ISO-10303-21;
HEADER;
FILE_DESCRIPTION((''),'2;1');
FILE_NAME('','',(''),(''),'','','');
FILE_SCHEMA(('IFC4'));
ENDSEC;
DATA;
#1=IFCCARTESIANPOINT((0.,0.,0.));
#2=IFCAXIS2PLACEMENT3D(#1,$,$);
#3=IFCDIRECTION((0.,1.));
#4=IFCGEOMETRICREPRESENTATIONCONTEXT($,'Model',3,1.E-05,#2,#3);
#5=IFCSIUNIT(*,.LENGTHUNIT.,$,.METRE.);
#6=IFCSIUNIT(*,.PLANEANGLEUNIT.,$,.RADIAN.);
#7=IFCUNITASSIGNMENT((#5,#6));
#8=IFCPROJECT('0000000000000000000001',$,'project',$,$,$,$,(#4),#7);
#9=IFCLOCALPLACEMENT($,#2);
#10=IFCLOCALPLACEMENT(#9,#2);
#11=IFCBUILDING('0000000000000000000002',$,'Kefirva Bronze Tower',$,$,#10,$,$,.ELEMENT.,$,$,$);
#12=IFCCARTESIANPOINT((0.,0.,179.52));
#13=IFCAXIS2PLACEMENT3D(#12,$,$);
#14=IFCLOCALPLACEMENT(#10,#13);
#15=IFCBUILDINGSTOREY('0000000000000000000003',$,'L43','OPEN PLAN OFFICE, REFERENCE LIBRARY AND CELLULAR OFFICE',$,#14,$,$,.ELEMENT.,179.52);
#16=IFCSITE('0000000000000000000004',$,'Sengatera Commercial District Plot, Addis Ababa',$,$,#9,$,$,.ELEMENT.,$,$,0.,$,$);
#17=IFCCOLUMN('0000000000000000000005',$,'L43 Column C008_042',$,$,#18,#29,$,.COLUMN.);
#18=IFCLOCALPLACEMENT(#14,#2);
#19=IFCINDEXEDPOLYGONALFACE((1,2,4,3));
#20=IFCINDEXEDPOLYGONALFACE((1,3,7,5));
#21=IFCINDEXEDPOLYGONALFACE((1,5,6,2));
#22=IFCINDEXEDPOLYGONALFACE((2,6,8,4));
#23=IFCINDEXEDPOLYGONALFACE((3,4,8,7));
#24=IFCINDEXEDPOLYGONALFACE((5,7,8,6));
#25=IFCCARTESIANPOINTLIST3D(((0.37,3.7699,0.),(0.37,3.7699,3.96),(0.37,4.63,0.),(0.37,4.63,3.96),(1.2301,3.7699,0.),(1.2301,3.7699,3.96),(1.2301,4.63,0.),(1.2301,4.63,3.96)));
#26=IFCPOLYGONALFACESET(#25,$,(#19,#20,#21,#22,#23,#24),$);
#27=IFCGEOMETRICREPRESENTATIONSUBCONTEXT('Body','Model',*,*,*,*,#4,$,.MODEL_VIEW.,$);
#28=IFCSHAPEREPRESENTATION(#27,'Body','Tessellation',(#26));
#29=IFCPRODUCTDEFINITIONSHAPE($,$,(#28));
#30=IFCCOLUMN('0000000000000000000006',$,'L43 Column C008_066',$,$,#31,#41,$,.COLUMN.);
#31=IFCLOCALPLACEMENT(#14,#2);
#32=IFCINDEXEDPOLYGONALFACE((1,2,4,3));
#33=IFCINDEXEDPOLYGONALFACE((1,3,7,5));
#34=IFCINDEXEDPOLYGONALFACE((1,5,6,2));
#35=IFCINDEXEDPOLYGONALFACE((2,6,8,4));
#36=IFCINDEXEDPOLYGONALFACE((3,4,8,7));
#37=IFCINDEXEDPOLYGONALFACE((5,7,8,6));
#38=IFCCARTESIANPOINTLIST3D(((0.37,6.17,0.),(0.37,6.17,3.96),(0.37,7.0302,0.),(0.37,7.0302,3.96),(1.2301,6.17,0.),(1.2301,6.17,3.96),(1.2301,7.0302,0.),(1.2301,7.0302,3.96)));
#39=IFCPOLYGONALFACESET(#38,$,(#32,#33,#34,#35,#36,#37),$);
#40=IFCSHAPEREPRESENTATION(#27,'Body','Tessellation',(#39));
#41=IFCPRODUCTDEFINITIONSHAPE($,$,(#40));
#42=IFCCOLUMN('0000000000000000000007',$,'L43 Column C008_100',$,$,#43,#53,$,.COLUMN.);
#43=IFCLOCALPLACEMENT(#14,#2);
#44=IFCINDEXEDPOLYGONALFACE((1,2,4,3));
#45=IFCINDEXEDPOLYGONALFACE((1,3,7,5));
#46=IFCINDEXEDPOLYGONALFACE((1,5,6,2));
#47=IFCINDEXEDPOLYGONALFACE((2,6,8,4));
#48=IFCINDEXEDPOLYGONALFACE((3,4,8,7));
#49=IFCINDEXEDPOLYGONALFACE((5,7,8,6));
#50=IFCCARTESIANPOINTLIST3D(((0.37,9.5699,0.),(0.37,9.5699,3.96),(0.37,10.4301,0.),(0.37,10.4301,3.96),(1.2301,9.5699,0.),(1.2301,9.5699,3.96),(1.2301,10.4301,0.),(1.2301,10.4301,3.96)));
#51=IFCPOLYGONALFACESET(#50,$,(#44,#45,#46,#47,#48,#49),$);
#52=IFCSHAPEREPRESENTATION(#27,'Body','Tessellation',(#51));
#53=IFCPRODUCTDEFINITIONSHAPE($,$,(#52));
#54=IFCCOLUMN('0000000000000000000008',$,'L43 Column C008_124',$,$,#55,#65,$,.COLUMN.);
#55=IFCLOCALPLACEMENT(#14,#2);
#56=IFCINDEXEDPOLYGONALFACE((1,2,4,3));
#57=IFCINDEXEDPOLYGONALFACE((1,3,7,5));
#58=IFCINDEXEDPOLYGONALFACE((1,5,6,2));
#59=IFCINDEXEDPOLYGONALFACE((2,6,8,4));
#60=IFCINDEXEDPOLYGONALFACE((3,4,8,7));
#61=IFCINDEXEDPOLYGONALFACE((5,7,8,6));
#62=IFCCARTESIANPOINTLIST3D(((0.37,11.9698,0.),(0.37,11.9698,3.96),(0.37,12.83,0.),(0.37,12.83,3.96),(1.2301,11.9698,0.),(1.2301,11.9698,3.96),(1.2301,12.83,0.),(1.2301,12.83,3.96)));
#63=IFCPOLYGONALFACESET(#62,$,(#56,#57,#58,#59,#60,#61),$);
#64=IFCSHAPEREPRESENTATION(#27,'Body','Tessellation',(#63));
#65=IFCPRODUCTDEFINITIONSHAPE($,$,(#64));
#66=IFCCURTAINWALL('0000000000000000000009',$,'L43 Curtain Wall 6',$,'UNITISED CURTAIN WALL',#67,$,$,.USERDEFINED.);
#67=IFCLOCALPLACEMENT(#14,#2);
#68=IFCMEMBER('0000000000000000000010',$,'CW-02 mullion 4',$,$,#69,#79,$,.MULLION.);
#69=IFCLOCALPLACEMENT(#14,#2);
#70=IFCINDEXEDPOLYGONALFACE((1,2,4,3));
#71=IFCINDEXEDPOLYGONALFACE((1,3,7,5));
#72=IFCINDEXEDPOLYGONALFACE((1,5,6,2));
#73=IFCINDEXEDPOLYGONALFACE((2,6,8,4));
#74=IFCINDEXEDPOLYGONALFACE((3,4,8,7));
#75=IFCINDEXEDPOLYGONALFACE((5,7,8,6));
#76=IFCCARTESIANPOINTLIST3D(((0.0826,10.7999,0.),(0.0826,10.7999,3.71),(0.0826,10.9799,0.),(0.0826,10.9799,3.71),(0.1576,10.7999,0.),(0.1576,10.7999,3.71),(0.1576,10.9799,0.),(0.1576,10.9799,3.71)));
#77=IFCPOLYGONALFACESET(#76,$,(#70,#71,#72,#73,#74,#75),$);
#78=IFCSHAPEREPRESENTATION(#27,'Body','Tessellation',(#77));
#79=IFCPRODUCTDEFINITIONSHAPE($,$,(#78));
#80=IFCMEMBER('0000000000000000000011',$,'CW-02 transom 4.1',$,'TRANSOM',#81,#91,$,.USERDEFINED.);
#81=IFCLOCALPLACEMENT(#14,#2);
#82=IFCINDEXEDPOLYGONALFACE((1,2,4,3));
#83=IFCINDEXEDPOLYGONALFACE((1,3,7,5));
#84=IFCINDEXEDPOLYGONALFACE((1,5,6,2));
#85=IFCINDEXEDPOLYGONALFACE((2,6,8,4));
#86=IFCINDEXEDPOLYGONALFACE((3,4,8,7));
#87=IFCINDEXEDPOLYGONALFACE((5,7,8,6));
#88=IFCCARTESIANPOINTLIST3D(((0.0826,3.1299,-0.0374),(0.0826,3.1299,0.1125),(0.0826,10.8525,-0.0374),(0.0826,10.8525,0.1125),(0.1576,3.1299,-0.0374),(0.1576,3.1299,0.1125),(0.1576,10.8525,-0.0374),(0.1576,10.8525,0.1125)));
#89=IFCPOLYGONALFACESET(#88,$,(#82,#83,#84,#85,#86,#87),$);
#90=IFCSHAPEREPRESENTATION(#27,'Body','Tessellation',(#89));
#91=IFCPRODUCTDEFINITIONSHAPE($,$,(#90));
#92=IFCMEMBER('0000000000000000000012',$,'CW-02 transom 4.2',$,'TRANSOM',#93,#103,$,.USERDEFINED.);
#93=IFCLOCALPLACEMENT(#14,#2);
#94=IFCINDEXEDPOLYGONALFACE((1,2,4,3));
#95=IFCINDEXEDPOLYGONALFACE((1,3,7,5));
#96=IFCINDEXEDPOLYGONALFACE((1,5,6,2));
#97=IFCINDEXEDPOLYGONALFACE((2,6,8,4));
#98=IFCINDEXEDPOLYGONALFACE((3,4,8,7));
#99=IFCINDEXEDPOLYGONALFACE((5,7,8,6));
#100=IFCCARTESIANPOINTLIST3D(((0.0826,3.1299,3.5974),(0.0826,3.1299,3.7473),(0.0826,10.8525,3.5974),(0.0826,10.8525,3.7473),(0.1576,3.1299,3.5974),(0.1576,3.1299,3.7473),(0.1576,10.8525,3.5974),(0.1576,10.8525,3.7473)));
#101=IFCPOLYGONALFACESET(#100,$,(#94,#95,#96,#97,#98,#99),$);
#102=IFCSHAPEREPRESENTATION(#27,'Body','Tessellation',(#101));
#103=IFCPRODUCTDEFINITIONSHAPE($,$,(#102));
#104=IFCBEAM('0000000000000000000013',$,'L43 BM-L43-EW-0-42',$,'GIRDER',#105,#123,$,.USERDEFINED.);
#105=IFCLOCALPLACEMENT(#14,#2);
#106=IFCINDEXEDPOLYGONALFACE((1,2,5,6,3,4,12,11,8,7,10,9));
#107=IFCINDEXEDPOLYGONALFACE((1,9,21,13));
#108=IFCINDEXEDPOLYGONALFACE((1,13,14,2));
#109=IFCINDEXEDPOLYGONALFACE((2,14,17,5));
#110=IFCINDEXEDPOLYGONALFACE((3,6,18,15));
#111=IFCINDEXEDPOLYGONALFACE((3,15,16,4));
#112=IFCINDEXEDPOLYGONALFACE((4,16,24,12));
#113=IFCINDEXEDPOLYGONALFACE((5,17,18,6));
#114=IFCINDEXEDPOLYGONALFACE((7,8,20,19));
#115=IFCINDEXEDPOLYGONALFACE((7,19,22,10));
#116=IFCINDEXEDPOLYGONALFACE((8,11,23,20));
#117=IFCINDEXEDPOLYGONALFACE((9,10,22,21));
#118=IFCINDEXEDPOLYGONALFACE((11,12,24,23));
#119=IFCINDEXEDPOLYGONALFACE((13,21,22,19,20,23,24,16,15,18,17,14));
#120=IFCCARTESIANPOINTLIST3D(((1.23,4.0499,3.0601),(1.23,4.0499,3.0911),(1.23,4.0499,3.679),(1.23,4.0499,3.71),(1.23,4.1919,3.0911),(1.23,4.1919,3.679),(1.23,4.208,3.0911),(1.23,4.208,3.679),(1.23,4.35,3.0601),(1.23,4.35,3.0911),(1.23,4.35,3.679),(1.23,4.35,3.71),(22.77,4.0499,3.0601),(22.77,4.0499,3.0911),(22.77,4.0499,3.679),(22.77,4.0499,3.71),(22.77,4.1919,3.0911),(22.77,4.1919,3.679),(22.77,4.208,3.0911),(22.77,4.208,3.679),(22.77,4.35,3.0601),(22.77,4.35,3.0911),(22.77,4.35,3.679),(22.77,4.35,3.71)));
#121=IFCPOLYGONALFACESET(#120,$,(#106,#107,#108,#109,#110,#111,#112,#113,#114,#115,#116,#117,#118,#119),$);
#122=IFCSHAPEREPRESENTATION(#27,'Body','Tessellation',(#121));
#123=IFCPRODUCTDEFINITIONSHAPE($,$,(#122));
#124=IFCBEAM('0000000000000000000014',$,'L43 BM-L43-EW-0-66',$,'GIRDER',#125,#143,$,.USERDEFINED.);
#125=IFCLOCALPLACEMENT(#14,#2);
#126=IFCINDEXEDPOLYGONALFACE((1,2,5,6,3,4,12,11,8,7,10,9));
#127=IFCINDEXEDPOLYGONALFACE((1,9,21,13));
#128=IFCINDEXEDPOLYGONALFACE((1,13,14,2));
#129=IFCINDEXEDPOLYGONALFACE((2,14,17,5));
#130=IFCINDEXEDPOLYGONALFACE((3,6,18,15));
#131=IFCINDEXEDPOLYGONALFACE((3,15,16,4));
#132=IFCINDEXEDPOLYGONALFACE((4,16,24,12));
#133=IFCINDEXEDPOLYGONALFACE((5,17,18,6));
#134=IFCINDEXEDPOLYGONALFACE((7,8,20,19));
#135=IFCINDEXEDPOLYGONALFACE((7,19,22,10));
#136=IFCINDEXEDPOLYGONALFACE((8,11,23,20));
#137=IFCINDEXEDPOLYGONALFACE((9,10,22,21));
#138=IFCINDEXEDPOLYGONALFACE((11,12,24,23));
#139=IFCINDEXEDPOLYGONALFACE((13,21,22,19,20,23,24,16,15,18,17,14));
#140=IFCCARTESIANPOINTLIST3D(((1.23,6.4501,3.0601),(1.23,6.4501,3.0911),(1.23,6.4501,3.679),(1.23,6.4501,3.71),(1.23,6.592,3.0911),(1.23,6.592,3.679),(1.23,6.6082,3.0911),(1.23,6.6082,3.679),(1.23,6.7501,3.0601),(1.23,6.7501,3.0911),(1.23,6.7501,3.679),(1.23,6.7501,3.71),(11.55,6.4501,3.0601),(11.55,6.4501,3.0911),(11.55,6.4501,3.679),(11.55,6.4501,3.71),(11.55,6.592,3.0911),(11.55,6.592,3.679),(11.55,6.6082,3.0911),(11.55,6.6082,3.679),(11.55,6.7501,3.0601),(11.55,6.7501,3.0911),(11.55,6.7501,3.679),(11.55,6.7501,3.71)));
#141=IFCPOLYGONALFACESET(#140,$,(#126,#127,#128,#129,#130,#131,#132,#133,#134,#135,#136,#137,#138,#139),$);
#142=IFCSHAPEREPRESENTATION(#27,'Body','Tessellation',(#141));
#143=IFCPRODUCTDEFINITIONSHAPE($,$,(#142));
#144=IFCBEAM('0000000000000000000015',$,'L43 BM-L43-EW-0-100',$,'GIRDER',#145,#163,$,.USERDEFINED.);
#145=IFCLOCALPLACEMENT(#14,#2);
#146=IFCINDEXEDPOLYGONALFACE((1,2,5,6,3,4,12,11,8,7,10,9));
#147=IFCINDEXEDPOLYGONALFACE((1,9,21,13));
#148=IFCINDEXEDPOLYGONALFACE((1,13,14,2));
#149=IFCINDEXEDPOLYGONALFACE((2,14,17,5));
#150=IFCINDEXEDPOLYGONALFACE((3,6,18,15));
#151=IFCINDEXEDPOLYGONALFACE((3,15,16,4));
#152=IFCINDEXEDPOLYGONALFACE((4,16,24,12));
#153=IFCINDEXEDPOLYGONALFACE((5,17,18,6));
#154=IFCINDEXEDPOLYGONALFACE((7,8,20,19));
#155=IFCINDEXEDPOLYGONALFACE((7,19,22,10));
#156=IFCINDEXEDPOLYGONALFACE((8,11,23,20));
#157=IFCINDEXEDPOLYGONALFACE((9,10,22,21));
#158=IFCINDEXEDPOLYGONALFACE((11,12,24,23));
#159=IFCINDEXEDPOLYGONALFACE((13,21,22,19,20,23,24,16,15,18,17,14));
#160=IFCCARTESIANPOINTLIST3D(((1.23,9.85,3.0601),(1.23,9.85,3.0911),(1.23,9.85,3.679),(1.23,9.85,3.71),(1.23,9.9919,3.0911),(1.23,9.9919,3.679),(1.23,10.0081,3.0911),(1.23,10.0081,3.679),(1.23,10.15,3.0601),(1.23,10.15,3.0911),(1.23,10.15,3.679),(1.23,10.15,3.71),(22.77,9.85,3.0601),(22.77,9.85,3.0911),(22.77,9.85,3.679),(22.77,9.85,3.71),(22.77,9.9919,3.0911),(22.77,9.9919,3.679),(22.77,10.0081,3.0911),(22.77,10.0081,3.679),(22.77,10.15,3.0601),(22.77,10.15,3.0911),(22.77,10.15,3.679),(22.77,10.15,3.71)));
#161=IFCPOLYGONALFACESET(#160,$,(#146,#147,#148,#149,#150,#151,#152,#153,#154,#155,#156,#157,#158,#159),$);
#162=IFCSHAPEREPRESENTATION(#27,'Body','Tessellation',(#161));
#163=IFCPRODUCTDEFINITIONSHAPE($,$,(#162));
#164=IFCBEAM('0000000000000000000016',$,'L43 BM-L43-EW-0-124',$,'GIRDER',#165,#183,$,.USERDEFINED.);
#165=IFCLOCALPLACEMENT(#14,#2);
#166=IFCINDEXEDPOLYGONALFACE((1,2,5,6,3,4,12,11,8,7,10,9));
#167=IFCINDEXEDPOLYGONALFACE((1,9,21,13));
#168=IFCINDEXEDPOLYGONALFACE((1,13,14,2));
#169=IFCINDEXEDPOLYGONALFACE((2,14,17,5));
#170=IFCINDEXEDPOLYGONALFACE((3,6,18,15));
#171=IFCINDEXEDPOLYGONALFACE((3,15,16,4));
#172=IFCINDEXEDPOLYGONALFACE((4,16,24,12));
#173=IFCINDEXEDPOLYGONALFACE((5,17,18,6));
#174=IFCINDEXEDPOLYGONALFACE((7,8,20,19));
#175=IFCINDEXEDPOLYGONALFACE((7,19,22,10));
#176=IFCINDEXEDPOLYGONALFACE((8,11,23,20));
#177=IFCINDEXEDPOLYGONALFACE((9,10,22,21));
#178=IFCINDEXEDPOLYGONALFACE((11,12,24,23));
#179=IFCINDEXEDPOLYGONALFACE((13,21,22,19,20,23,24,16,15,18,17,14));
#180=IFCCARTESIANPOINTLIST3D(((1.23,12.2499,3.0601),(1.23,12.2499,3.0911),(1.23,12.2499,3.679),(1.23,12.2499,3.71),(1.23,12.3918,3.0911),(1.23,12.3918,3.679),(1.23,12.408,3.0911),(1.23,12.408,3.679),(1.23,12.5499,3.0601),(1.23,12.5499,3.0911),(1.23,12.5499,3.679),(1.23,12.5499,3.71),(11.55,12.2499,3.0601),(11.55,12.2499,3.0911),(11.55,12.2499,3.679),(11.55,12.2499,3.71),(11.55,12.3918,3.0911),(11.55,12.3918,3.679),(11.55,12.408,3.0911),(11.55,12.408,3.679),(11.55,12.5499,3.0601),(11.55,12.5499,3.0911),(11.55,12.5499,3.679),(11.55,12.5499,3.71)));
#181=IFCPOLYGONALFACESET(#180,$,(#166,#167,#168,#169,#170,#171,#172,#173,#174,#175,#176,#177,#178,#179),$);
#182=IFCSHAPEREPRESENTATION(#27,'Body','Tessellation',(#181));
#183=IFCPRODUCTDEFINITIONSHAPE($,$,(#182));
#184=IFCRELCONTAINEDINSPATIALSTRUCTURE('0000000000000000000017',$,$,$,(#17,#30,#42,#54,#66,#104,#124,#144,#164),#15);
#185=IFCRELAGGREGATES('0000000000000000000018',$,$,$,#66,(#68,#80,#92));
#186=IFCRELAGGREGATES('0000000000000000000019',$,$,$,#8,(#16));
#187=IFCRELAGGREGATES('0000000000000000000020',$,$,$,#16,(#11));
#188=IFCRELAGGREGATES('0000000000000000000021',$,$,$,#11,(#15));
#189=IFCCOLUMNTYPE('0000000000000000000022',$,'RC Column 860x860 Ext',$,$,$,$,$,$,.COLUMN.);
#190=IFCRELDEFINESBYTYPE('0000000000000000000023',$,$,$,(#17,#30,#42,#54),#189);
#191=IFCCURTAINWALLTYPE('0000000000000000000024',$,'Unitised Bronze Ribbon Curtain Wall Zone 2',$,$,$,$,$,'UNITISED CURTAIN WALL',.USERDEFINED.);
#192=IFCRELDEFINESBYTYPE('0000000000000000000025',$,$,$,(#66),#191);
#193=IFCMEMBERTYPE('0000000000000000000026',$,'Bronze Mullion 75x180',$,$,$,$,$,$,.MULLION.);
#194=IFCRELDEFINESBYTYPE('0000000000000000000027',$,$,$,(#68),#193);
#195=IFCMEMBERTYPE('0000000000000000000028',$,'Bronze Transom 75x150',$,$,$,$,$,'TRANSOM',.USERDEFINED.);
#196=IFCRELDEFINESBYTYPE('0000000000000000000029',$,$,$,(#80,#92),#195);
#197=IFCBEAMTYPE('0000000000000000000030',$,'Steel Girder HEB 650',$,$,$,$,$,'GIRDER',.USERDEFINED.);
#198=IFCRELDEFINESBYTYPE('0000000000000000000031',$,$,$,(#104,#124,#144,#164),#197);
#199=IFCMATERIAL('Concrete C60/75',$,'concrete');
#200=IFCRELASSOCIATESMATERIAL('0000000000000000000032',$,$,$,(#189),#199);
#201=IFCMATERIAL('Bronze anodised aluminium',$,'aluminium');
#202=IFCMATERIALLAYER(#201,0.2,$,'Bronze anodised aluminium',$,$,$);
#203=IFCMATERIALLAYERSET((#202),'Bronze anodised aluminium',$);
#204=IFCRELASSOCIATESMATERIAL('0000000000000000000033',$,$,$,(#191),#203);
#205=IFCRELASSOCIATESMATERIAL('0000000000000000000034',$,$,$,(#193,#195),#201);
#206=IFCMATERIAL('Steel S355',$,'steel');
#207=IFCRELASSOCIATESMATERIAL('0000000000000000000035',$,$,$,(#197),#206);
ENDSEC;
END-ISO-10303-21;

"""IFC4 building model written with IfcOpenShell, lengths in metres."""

from ifc_helpers import new_model, si_unit, direction, frame, origin, origin_2d, place, context, subcontext, project, spatial, rectangle, i_section, extrude, material, layer, layer_set, material_profile, profile_set, type_object, element, aggregate, save


model = new_model("IFC4")

# Units and contexts
model_context = context("Model", 3, precision=1e-05, world=origin(), true_north=direction((0.0, 1.0)))
body_context = subcontext(model_context, "Body", "Model", "MODEL_VIEW")
ifc_project = project(units=[si_unit("LENGTHUNIT", "METRE"), si_unit("PLANEANGLEUNIT", "RADIAN")], contexts=[model_context])

# Site, building, storey
site_placement = place(None, origin())
site = spatial("IfcSite", under=ifc_project, at=site_placement, Name="Sengatera Commercial District Plot, Addis Ababa", CompositionType="ELEMENT", RefElevation=0.0)
building_placement = place(site_placement, origin())
building = spatial("IfcBuilding", under=site, at=building_placement, Name="Kefirva Bronze Tower", CompositionType="ELEMENT")
storey_placement = place(building_placement, frame((0.0, 0.0, 179.52)))
storey = spatial("IfcBuildingStorey", under=building, at=storey_placement, Name="L43", Description="OPEN PLAN OFFICE, REFERENCE LIBRARY AND CELLULAR OFFICE", CompositionType="ELEMENT", Elevation=179.52)

# Columns
ifc_material_1 = material(Name="Concrete C60/75", Category="concrete")
ifc_material_profile_1 = material_profile(ifc_material_1, rectangle(XDim=0.8601, YDim=0.8601, at=origin_2d()), Name="RC 860x860")
ifc_profile_set_1 = profile_set([ifc_material_profile_1], Name="Concrete C60/75")
column_type = type_object("IfcColumnType", Name="RC Column 860x860 Ext", PredefinedType="COLUMN", material=ifc_profile_set_1)
for number, where, z_axis, x_axis, name in (
    (1, (0.8, 4.2, 0.0), (0.0, 0.0, 1.0), (1.0, 0.0, 0.0), "L43 Column C008_042"),
    (2, (0.8, 6.6001, 0.0), (0.0, 0.0, 1.0), (1.0, 0.0, 0.0), "L43 Column C008_066"),
    (3, (0.8, 10.0, 0.0), (0.0, 0.0, 1.0), (1.0, 0.0, 0.0), "L43 Column C008_100"),
    (4, (0.8, 12.3999, 0.0), (0.0, 0.0, 1.0), (1.0, 0.0, 0.0), "L43 Column C008_124"),
):
    element("IfcColumn", number, at=place(storey_placement, frame(where, z_axis=z_axis, x_axis=x_axis)), inside=storey, type_object=column_type, Name=name, PredefinedType="COLUMN", context=body_context, shape_type="SweptSolid", body=[
        extrude(rectangle(XDim=0.8601, YDim=0.8601, at=origin_2d()), origin(), (0.0, 0.0, 1.0), 3.96),
    ])

# Curtain wall, members
ifc_material_2 = material(Name="Bronze anodised aluminium", Category="aluminium")
ifc_layer_1 = layer(ifc_material_2, 0.2, Name="Bronze anodised aluminium")
ifc_layer_set_1 = layer_set([ifc_layer_1], Name="Bronze anodised aluminium")
curtain_wall_type = type_object("IfcCurtainWallType", Name="Unitised Bronze Ribbon Curtain Wall Zone 2", ElementType="UNITISED CURTAIN WALL", PredefinedType="USERDEFINED", material=ifc_layer_set_1)
curtain_wall_placement = place(storey_placement, origin())
curtain_wall = element("IfcCurtainWall", 5, at=curtain_wall_placement, inside=storey, type_object=curtain_wall_type, Name="L43 Curtain Wall 6", ObjectType="UNITISED CURTAIN WALL", PredefinedType="USERDEFINED")
ifc_material_profile_2 = material_profile(ifc_material_2, rectangle(XDim=0.075, YDim=0.1799, at=origin_2d()), Name="ALU 75x180")
ifc_profile_set_2 = profile_set([ifc_material_profile_2], Name="Bronze anodised aluminium")
member_type_1 = type_object("IfcMemberType", Name="Bronze Mullion 75x180", PredefinedType="MULLION", material=ifc_profile_set_2)
member_1_placement = place(storey_placement, frame((0.1201, 10.8899, 0.0), z_axis=(0.0, 0.0, 1.0), x_axis=(1.0, 0.0, 0.0)))
member_1 = element("IfcMember", 6, at=member_1_placement, type_object=member_type_1, Name="CW-02 mullion 4", PredefinedType="MULLION", context=body_context, shape_type="SweptSolid", body=[
    extrude(rectangle(XDim=0.075, YDim=0.1799, at=origin_2d()), origin(), (0.0, 0.0, 1.0), 3.71),
])
ifc_material_profile_3 = material_profile(ifc_material_2, rectangle(XDim=0.075, YDim=0.1499, at=origin_2d()), Name="ALU 75x150")
ifc_profile_set_3 = profile_set([ifc_material_profile_3], Name="Bronze anodised aluminium")
member_type_2 = type_object("IfcMemberType", Name="Bronze Transom 75x150", ElementType="TRANSOM", PredefinedType="USERDEFINED", material=ifc_profile_set_3)
member_2_placement = place(storey_placement, frame((0.1201, 10.8525, 0.0376), z_axis=(0.0, -1.0, 0.0), x_axis=(1.0, 0.0, 0.0)))
member_2 = element("IfcMember", 7, at=member_2_placement, type_object=member_type_2, Name="CW-02 transom 4.1", ObjectType="TRANSOM", PredefinedType="USERDEFINED", context=body_context, shape_type="SweptSolid", body=[
    extrude(rectangle(XDim=0.075, YDim=0.1499, at=origin_2d()), origin(), (0.0, 0.0, 1.0), 7.7227),
])
member_3_placement = place(storey_placement, frame((0.1201, 10.8525, 3.6724), z_axis=(0.0, -1.0, 0.0), x_axis=(1.0, 0.0, 0.0)))
member_3 = element("IfcMember", 8, at=member_3_placement, type_object=member_type_2, Name="CW-02 transom 4.2", ObjectType="TRANSOM", PredefinedType="USERDEFINED", context=body_context, shape_type="SweptSolid", body=[
    extrude(rectangle(XDim=0.075, YDim=0.1499, at=origin_2d()), origin(), (0.0, 0.0, 1.0), 7.7227),
])

# Beams
ifc_material_3 = material(Name="Steel S355", Category="steel")
ifc_material_profile_4 = material_profile(ifc_material_3, i_section(OverallWidth=0.3, OverallDepth=0.6499, WebThickness=0.0161, FlangeThickness=0.031, at=origin_2d()), Name="HEB 650")
ifc_profile_set_4 = profile_set([ifc_material_profile_4], Name="Steel S355")
beam_type_1 = type_object("IfcBeamType", Name="Steel Girder HEB 650", ElementType="GIRDER", PredefinedType="USERDEFINED", material=ifc_profile_set_4)
beam_1_placement = place(storey_placement, frame((1.23, 4.2, 3.385), z_axis=(1.0, 0.0, 0.0), x_axis=(0.0, 1.0, 0.0)))
element("IfcBeam", 9, at=beam_1_placement, inside=storey, type_object=beam_type_1, Name="L43 BM-L43-EW-0-42", ObjectType="GIRDER", PredefinedType="USERDEFINED", context=body_context, shape_type="SweptSolid", body=[
    extrude(i_section(OverallWidth=0.3, OverallDepth=0.6499, WebThickness=0.0161, FlangeThickness=0.031, at=origin_2d()), origin(), (0.0, 0.0, 1.0), 21.54),
])
beam_2_placement = place(storey_placement, frame((1.23, 6.6001, 3.385), z_axis=(1.0, 0.0, 0.0), x_axis=(0.0, 1.0, 0.0)))
element("IfcBeam", 10, at=beam_2_placement, inside=storey, type_object=beam_type_1, Name="L43 BM-L43-EW-0-66", ObjectType="GIRDER", PredefinedType="USERDEFINED", context=body_context, shape_type="SweptSolid", body=[
    extrude(i_section(OverallWidth=0.3, OverallDepth=0.6499, WebThickness=0.0161, FlangeThickness=0.031, at=origin_2d()), origin(), (0.0, 0.0, 1.0), 10.3201),
])
beam_3_placement = place(storey_placement, frame((1.23, 10.0, 3.385), z_axis=(1.0, 0.0, 0.0), x_axis=(0.0, 1.0, 0.0)))
element("IfcBeam", 11, at=beam_3_placement, inside=storey, type_object=beam_type_1, Name="L43 BM-L43-EW-0-100", ObjectType="GIRDER", PredefinedType="USERDEFINED", context=body_context, shape_type="SweptSolid", body=[
    extrude(i_section(OverallWidth=0.3, OverallDepth=0.6499, WebThickness=0.0161, FlangeThickness=0.031, at=origin_2d()), origin(), (0.0, 0.0, 1.0), 21.54),
])
beam_4_placement = place(storey_placement, frame((1.23, 12.3999, 3.385), z_axis=(1.0, 0.0, 0.0), x_axis=(0.0, 1.0, 0.0)))
element("IfcBeam", 12, at=beam_4_placement, inside=storey, type_object=beam_type_1, Name="L43 BM-L43-EW-0-124", ObjectType="GIRDER", PredefinedType="USERDEFINED", context=body_context, shape_type="SweptSolid", body=[
    extrude(i_section(OverallWidth=0.3, OverallDepth=0.6499, WebThickness=0.0161, FlangeThickness=0.031, at=origin_2d()), origin(), (0.0, 0.0, 1.0), 10.3201),
])

aggregate(curtain_wall, [member_1, member_2, member_3])

save(model, "model.ifc")
